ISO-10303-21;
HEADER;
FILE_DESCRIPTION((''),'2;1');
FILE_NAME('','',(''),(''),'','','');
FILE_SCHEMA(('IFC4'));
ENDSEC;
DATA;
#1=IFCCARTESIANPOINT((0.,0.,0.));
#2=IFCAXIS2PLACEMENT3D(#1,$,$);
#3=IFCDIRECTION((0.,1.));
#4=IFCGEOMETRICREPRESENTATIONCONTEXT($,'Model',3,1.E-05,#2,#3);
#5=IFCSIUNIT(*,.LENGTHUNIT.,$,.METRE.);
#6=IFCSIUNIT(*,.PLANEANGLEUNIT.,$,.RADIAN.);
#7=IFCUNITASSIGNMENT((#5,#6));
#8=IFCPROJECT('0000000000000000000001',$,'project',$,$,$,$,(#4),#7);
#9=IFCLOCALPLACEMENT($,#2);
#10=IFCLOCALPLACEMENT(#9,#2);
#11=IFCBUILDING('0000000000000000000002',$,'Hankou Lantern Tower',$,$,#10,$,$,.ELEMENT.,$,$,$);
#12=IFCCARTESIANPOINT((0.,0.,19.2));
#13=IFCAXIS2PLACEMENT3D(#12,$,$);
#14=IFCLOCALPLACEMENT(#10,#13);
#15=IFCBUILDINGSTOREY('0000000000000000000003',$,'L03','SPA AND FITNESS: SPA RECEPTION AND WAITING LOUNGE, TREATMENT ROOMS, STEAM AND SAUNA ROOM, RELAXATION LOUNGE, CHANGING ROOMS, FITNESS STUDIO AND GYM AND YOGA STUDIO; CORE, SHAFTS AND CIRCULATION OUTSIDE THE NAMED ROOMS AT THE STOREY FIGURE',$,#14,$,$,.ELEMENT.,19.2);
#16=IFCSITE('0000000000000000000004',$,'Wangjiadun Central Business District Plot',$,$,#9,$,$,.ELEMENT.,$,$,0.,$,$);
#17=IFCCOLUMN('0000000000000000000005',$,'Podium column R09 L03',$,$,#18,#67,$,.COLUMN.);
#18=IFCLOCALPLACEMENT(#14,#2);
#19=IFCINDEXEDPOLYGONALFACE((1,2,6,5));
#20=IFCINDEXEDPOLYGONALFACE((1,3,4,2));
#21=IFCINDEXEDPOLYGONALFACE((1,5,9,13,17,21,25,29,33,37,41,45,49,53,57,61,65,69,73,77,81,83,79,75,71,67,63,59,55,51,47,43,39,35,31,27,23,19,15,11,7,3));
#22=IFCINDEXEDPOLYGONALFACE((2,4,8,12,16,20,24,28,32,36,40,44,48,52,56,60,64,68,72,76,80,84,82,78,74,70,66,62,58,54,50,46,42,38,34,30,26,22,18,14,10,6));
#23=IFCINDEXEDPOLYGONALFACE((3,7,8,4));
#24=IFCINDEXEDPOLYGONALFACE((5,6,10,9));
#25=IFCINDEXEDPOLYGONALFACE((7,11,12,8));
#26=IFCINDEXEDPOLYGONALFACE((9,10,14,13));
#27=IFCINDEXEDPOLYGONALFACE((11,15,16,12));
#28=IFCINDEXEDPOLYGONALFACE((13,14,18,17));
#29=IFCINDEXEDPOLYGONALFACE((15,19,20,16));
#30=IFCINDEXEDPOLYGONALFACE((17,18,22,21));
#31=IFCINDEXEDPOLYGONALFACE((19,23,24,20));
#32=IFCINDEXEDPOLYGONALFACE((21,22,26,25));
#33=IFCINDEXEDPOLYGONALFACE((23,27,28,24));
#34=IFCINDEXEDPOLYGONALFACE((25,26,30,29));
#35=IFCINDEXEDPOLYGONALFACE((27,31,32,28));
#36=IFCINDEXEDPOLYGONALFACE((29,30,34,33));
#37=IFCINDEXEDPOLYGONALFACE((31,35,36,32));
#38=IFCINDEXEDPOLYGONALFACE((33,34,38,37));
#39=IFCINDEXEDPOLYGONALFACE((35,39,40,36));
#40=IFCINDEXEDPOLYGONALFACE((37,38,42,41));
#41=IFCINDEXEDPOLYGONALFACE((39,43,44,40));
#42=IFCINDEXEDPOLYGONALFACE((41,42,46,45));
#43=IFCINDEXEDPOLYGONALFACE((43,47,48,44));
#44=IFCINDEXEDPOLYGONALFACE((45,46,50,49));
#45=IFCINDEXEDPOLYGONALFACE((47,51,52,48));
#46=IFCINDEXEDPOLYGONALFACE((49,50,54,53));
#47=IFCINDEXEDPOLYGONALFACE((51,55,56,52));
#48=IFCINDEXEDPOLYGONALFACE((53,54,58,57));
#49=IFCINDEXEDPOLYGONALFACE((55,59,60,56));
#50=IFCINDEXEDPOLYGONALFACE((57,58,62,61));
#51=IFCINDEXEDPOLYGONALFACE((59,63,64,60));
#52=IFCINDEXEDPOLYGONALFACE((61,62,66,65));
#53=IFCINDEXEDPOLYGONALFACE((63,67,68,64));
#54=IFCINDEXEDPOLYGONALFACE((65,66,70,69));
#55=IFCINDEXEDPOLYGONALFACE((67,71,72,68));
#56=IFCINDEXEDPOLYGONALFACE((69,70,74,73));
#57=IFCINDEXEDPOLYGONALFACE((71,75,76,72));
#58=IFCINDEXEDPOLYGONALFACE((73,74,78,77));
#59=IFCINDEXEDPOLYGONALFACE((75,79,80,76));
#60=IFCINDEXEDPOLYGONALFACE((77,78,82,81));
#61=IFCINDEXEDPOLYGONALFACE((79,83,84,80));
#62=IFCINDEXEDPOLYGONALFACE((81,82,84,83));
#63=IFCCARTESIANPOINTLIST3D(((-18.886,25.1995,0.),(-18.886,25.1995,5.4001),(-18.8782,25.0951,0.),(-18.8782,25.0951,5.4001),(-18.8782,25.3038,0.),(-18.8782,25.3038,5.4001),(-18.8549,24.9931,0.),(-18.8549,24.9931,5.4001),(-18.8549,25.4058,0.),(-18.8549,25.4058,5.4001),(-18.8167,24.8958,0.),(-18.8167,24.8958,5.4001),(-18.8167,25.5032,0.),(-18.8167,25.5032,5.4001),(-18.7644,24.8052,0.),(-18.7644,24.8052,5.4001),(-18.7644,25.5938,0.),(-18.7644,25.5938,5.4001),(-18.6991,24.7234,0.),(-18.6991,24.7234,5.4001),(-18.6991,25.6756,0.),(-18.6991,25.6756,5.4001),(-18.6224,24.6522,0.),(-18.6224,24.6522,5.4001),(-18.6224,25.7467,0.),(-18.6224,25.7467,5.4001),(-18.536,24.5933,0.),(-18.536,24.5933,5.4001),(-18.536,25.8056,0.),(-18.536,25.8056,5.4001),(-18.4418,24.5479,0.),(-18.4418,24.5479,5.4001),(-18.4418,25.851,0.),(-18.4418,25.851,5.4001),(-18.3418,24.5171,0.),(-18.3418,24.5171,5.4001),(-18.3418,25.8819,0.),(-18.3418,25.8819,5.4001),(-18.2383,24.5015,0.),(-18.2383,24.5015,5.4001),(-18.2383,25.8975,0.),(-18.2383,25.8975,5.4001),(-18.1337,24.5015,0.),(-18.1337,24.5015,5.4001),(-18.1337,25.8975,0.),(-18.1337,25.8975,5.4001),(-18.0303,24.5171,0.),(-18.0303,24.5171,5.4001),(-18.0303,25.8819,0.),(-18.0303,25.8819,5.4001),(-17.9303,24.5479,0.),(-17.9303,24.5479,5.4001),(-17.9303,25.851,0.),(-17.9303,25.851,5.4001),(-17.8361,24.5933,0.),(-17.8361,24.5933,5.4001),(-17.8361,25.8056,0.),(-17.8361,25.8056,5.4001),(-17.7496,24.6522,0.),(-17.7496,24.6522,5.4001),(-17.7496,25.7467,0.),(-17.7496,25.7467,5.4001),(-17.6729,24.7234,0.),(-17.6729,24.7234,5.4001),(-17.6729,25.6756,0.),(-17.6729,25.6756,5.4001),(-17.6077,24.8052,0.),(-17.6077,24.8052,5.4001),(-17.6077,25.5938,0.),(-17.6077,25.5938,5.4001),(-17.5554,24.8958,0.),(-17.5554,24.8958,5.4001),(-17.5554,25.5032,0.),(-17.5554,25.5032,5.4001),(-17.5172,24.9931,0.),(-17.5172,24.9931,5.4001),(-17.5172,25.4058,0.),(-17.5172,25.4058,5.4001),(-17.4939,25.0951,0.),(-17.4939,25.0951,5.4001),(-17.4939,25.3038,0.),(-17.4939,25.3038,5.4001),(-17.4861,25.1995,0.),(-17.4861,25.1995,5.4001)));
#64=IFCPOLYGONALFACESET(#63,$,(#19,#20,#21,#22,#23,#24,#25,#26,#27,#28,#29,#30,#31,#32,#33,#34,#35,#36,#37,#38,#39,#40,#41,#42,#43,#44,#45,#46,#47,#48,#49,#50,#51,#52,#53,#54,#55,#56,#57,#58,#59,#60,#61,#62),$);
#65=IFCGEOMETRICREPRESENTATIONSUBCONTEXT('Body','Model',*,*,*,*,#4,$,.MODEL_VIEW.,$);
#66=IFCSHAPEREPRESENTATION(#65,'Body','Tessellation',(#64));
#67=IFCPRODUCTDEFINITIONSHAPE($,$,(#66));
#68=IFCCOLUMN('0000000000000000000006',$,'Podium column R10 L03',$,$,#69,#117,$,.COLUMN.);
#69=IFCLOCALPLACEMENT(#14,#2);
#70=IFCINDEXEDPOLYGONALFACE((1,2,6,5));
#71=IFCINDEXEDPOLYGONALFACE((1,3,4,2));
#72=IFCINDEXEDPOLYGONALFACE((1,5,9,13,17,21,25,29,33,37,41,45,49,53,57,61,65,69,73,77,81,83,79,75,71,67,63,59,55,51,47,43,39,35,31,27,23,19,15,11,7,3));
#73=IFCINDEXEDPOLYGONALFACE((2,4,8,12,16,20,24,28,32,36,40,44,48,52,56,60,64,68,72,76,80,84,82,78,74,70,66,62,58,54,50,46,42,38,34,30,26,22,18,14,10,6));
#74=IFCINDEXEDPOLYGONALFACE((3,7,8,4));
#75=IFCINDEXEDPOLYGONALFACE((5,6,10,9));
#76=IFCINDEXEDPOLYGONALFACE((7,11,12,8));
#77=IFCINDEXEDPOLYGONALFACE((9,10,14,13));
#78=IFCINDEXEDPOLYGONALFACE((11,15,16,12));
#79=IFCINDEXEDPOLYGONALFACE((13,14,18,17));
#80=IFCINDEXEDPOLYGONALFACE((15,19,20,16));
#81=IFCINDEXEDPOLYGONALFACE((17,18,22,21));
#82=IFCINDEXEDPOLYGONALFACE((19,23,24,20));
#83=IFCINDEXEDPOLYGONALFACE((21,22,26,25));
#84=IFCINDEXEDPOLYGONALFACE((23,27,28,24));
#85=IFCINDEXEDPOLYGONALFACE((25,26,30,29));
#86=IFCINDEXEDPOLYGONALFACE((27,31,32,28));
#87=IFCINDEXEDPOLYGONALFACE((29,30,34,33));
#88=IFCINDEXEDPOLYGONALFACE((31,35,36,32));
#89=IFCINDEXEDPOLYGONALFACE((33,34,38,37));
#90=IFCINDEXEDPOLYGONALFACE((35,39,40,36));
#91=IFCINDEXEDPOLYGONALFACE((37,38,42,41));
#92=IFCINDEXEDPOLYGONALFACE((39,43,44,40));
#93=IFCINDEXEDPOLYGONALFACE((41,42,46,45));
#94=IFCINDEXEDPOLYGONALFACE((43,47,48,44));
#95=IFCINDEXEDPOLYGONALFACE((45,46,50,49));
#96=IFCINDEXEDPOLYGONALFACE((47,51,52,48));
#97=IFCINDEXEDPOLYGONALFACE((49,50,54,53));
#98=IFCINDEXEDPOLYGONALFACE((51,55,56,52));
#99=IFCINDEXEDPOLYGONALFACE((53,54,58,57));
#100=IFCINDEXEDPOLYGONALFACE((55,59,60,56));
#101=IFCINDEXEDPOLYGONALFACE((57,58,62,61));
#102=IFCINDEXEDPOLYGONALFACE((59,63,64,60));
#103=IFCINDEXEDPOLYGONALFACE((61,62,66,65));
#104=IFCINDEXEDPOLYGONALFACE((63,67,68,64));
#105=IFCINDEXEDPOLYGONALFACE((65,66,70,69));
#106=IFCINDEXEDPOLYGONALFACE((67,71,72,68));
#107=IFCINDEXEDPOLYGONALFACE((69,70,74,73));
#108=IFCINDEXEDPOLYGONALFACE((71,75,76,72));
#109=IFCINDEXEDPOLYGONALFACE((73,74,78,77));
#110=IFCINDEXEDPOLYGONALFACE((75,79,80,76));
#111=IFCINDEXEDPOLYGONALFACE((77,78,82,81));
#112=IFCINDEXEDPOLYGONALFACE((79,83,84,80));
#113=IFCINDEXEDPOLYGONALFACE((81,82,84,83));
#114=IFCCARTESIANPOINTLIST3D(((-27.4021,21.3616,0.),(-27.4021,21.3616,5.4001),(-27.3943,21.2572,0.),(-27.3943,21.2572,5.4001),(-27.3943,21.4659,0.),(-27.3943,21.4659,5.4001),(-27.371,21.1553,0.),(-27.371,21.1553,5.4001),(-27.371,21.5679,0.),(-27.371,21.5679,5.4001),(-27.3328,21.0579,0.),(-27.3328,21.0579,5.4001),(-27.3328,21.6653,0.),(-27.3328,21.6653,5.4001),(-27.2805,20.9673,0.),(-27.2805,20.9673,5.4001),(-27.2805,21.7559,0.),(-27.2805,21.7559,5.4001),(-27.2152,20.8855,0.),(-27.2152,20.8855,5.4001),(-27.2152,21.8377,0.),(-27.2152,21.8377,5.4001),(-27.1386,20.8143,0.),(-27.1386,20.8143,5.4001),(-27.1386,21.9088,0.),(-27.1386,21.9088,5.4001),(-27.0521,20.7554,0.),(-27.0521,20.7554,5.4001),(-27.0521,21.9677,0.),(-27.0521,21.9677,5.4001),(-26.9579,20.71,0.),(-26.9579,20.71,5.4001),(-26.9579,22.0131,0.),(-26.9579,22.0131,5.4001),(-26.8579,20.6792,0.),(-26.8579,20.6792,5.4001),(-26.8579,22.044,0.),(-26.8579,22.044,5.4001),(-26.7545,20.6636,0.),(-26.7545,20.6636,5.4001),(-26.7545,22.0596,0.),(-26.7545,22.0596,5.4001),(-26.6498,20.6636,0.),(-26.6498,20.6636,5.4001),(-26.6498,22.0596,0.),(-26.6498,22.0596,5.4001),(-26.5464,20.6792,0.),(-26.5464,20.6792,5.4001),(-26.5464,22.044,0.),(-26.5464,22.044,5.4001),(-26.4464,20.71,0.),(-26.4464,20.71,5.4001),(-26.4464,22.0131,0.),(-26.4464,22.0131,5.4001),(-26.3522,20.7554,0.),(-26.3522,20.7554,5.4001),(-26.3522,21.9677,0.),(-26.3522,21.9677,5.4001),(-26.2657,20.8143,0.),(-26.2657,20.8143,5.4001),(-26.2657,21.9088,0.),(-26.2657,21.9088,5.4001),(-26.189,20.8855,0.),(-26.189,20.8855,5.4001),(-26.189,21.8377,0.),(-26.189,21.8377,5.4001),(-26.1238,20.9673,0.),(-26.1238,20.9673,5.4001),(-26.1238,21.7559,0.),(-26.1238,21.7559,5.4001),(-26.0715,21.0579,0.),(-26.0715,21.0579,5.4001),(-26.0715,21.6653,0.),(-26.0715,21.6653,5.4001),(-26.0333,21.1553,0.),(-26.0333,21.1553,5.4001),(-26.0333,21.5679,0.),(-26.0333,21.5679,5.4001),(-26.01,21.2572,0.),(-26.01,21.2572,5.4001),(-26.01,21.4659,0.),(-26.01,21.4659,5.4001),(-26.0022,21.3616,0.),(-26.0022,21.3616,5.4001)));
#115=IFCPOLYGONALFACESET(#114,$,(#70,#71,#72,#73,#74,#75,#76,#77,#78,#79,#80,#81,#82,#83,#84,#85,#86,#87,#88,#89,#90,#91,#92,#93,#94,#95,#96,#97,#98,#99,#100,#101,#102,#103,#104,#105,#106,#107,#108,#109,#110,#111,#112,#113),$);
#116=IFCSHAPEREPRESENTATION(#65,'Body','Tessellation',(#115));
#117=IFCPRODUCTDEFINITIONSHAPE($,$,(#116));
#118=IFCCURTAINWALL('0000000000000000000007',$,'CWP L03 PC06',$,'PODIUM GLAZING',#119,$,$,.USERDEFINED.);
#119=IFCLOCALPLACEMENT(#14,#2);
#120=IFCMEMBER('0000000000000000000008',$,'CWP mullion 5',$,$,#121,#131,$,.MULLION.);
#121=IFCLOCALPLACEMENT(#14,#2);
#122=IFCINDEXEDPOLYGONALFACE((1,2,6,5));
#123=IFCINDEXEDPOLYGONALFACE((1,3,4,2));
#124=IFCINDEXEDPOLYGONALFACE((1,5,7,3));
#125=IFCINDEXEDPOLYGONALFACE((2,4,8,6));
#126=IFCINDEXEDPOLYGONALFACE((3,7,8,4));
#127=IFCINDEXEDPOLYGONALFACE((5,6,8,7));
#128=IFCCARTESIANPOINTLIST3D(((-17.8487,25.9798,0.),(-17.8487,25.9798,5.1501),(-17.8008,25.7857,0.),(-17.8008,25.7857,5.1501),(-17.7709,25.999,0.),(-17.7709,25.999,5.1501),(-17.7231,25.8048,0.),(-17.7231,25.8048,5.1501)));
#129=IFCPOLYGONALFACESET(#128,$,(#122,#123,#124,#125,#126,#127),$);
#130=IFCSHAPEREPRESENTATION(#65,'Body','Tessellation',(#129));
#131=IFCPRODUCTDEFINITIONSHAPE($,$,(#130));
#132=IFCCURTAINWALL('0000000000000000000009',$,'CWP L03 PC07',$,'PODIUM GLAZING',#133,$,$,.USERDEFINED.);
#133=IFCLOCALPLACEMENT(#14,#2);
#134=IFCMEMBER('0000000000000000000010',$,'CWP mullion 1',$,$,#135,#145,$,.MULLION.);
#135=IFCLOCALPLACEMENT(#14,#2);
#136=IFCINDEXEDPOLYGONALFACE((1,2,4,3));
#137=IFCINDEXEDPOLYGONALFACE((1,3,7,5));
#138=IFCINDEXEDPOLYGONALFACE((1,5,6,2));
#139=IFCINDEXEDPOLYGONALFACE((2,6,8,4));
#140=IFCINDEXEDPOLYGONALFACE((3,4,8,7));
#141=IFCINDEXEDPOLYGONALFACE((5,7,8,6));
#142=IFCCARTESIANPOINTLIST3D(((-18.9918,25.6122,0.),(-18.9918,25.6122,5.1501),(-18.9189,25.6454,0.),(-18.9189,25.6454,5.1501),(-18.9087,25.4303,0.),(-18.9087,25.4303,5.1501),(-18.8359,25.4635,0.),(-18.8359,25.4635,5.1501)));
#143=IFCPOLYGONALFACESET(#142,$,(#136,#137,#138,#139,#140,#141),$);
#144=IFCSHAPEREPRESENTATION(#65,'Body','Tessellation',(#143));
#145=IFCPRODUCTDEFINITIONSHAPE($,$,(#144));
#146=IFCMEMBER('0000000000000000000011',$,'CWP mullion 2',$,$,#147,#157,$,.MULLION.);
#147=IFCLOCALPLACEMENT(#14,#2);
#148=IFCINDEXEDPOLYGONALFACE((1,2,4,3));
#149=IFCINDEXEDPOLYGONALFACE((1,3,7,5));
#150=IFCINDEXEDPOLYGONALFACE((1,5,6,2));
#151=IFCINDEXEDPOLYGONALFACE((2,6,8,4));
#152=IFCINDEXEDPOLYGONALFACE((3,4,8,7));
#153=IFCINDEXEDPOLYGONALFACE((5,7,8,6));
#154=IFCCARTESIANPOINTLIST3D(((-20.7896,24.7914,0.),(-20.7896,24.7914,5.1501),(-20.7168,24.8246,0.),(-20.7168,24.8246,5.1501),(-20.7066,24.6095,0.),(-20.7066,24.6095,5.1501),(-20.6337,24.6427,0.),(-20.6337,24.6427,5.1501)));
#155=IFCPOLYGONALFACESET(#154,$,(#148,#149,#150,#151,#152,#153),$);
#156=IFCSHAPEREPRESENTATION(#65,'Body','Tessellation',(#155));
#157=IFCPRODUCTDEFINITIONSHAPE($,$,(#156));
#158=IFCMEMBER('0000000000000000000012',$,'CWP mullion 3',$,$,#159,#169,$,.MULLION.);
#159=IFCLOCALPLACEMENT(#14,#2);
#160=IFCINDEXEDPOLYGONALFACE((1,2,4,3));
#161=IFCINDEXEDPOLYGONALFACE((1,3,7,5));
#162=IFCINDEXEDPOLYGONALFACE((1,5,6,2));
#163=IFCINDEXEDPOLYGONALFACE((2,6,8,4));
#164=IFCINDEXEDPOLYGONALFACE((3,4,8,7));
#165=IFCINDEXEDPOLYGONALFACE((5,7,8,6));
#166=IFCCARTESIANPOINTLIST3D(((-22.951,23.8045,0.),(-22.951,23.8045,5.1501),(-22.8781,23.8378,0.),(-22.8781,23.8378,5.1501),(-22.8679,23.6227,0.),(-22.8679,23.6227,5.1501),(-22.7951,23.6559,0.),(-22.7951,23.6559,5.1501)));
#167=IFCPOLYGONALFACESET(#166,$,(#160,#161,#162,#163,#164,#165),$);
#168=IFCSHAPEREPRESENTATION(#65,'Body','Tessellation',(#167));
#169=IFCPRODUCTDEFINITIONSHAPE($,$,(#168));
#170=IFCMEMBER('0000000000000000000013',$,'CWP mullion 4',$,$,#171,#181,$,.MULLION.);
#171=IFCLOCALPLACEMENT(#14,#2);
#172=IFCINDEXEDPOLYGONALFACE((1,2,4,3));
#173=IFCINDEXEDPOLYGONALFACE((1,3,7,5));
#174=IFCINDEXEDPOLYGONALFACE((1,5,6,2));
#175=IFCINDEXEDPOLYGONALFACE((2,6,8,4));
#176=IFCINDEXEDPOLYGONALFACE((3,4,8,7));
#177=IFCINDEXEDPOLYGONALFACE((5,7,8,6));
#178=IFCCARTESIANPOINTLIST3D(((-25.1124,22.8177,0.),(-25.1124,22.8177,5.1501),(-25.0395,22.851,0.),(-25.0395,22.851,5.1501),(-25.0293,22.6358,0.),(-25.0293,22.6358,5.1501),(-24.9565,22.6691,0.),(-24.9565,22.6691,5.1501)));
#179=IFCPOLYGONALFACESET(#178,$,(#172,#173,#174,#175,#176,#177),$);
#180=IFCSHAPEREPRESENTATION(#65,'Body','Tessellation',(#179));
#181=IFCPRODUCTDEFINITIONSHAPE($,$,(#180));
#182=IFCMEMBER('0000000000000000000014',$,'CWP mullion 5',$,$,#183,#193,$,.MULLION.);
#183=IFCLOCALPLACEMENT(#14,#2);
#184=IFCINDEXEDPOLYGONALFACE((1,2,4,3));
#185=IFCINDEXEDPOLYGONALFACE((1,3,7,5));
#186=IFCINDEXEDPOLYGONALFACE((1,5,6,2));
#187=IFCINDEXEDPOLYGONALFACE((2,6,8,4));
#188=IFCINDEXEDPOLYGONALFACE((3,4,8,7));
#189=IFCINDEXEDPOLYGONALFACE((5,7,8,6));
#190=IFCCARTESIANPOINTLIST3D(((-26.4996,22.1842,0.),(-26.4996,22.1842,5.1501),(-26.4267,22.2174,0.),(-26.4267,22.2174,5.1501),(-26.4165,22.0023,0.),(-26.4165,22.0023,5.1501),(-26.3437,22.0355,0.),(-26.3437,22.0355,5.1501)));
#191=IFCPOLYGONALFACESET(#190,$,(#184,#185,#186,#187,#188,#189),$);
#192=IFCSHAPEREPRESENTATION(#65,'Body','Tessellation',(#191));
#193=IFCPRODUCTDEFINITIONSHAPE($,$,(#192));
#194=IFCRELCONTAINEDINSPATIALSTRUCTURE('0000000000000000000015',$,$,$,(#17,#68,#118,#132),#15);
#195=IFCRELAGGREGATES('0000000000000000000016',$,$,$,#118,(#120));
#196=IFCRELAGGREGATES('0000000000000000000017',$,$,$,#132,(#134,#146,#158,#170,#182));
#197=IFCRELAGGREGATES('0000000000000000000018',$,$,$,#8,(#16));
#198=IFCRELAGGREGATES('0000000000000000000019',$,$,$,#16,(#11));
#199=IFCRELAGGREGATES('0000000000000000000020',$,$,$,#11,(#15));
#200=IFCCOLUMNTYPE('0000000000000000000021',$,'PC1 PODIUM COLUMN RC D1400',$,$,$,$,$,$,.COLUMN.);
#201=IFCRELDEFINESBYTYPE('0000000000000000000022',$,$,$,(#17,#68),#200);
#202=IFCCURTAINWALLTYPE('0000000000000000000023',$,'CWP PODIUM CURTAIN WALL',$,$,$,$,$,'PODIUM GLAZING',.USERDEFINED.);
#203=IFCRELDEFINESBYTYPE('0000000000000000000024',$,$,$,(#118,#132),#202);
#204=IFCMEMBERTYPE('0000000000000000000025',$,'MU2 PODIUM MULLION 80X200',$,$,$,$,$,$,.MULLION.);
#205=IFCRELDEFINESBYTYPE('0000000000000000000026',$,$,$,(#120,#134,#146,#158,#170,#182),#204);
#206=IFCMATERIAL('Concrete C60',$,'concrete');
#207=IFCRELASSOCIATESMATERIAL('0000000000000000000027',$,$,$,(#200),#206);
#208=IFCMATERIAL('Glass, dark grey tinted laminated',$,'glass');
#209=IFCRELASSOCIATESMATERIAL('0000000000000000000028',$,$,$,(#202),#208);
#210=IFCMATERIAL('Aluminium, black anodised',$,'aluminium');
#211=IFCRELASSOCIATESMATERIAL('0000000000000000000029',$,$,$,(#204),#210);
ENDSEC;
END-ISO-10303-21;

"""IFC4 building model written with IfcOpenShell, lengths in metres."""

from ifc_helpers import new_model, si_unit, direction, frame, origin, origin_2d, place, context, subcontext, project, spatial, rectangle, circle, extrude, material, material_profile, profile_set, type_object, element, aggregate, save


model = new_model("IFC4")

# Units and contexts
model_context = context("Model", 3, precision=1e-05, world=origin(), true_north=direction((0.0, 1.0)))
body_context = subcontext(model_context, "Body", "Model", "MODEL_VIEW")
ifc_project = project(units=[si_unit("LENGTHUNIT", "METRE"), si_unit("PLANEANGLEUNIT", "RADIAN")], contexts=[model_context])

# Site, building, storey
site_placement = place(None, origin())
site = spatial("IfcSite", under=ifc_project, at=site_placement, Name="Wangjiadun Central Business District Plot", CompositionType="ELEMENT", RefElevation=0.0)
building_placement = place(site_placement, origin())
building = spatial("IfcBuilding", under=site, at=building_placement, Name="Hankou Lantern Tower", CompositionType="ELEMENT")
storey_placement = place(building_placement, frame((0.0, 0.0, 19.2)))
storey = spatial("IfcBuildingStorey", under=building, at=storey_placement, Name="L03", Description="SPA AND FITNESS: SPA RECEPTION AND WAITING LOUNGE, TREATMENT ROOMS, STEAM AND SAUNA ROOM, RELAXATION LOUNGE, CHANGING ROOMS, FITNESS STUDIO AND GYM AND YOGA STUDIO; CORE, SHAFTS AND CIRCULATION OUTSIDE THE NAMED ROOMS AT THE STOREY FIGURE", CompositionType="ELEMENT", Elevation=19.2)

# Columns
ifc_material_1 = material(Name="Concrete C60", Category="concrete")
ifc_material_profile_1 = material_profile(ifc_material_1, circle(Radius=0.7, at=origin_2d()), Name="RC D1400")
ifc_profile_set_1 = profile_set([ifc_material_profile_1], Name="Concrete C60")
column_type = type_object("IfcColumnType", Name="PC1 PODIUM COLUMN RC D1400", PredefinedType="COLUMN", material=ifc_profile_set_1)
for number, where, z_axis, x_axis, name in (
    (1, (-18.186, 25.1995, 0.0), (0.0, 0.0, 1.0), (1.0, 0.0, 0.0), "Podium column R09 L03"),
    (2, (-26.7021, 21.3616, 0.0), (0.0, 0.0, 1.0), (1.0, 0.0, 0.0), "Podium column R10 L03"),
):
    element("IfcColumn", number, at=place(storey_placement, frame(where, z_axis=z_axis, x_axis=x_axis)), inside=storey, type_object=column_type, Name=name, PredefinedType="COLUMN", context=body_context, shape_type="SweptSolid", body=[
        extrude(circle(Radius=0.7, at=origin_2d()), origin(), (0.0, 0.0, 1.0), 5.4001),
    ])

# Curtain wall, member
ifc_material_2 = material(Name="Glass, dark grey tinted laminated", Category="glass")
curtain_wall_type = type_object("IfcCurtainWallType", Name="CWP PODIUM CURTAIN WALL", ElementType="PODIUM GLAZING", PredefinedType="USERDEFINED", material=ifc_material_2)
curtain_wall_1_placement = place(storey_placement, origin())
curtain_wall_1 = element("IfcCurtainWall", 3, at=curtain_wall_1_placement, inside=storey, type_object=curtain_wall_type, Name="CWP L03 PC06", ObjectType="PODIUM GLAZING", PredefinedType="USERDEFINED")
ifc_material_3 = material(Name="Aluminium, black anodised", Category="aluminium")
ifc_material_profile_2 = material_profile(ifc_material_3, rectangle(XDim=0.0801, YDim=0.2, at=origin_2d()), Name="MU2 80X200")
ifc_profile_set_2 = profile_set([ifc_material_profile_2], Name="Aluminium, black anodised")
member_type_1 = type_object("IfcMemberType", Name="MU2 PODIUM MULLION 80X200", PredefinedType="MULLION", material=ifc_profile_set_2)
member_1_placement = place(storey_placement, frame((-17.7859, 25.8923, 0.0), z_axis=(0.0, 0.0, 1.0), x_axis=(-0.970961, -0.239238, 0.0)))
member_1 = element("IfcMember", 4, at=member_1_placement, type_object=member_type_1, Name="CWP mullion 5", PredefinedType="MULLION", context=body_context, shape_type="SweptSolid", body=[
    extrude(rectangle(XDim=0.0801, YDim=0.2, at=origin_2d()), origin(), (0.0, 0.0, 1.0), 5.1501),
])

# Curtain wall, members
curtain_wall_2_placement = place(storey_placement, origin())
curtain_wall_2 = element("IfcCurtainWall", 5, at=curtain_wall_2_placement, inside=storey, type_object=curtain_wall_type, Name="CWP L03 PC07", ObjectType="PODIUM GLAZING", PredefinedType="USERDEFINED")
member_2_placement = place(storey_placement, frame((-18.9138, 25.5378, 0.0), z_axis=(0.0, 0.0, 1.0), x_axis=(-0.90967, -0.415332, 0.0)))
member_2 = element("IfcMember", 6, at=member_2_placement, type_object=member_type_1, Name="CWP mullion 1", PredefinedType="MULLION", context=body_context, shape_type="SweptSolid", body=[
    extrude(rectangle(XDim=0.0801, YDim=0.2, at=origin_2d()), origin(), (0.0, 0.0, 1.0), 5.1501),
])
member_3_placement = place(storey_placement, frame((-20.7117, 24.717, 0.0), z_axis=(0.0, 0.0, 1.0), x_axis=(-0.90967, -0.415332, 0.0)))
member_3 = element("IfcMember", 7, at=member_3_placement, type_object=member_type_1, Name="CWP mullion 2", PredefinedType="MULLION", context=body_context, shape_type="SweptSolid", body=[
    extrude(rectangle(XDim=0.0801, YDim=0.2, at=origin_2d()), origin(), (0.0, 0.0, 1.0), 5.1501),
])
member_4_placement = place(storey_placement, frame((-22.873, 23.7302, 0.0), z_axis=(0.0, 0.0, 1.0), x_axis=(-0.90967, -0.415332, 0.0)))
member_4 = element("IfcMember", 8, at=member_4_placement, type_object=member_type_1, Name="CWP mullion 3", PredefinedType="MULLION", context=body_context, shape_type="SweptSolid", body=[
    extrude(rectangle(XDim=0.0801, YDim=0.2, at=origin_2d()), origin(), (0.0, 0.0, 1.0), 5.1501),
])
member_5_placement = place(storey_placement, frame((-25.0344, 22.7434, 0.0), z_axis=(0.0, 0.0, 1.0), x_axis=(-0.90967, -0.415332, 0.0)))
member_5 = element("IfcMember", 9, at=member_5_placement, type_object=member_type_1, Name="CWP mullion 4", PredefinedType="MULLION", context=body_context, shape_type="SweptSolid", body=[
    extrude(rectangle(XDim=0.0801, YDim=0.2, at=origin_2d()), origin(), (0.0, 0.0, 1.0), 5.1501),
])
member_6_placement = place(storey_placement, frame((-26.4216, 22.1099, 0.0), z_axis=(0.0, 0.0, 1.0), x_axis=(-0.90967, -0.415332, 0.0)))
member_6 = element("IfcMember", 10, at=member_6_placement, type_object=member_type_1, Name="CWP mullion 5", PredefinedType="MULLION", context=body_context, shape_type="SweptSolid", body=[
    extrude(rectangle(XDim=0.0801, YDim=0.2, at=origin_2d()), origin(), (0.0, 0.0, 1.0), 5.1501),
])

aggregate(curtain_wall_1, [member_1])
aggregate(curtain_wall_2, [member_2, member_3, member_4, member_5, member_6])

save(model, "model.ifc")
